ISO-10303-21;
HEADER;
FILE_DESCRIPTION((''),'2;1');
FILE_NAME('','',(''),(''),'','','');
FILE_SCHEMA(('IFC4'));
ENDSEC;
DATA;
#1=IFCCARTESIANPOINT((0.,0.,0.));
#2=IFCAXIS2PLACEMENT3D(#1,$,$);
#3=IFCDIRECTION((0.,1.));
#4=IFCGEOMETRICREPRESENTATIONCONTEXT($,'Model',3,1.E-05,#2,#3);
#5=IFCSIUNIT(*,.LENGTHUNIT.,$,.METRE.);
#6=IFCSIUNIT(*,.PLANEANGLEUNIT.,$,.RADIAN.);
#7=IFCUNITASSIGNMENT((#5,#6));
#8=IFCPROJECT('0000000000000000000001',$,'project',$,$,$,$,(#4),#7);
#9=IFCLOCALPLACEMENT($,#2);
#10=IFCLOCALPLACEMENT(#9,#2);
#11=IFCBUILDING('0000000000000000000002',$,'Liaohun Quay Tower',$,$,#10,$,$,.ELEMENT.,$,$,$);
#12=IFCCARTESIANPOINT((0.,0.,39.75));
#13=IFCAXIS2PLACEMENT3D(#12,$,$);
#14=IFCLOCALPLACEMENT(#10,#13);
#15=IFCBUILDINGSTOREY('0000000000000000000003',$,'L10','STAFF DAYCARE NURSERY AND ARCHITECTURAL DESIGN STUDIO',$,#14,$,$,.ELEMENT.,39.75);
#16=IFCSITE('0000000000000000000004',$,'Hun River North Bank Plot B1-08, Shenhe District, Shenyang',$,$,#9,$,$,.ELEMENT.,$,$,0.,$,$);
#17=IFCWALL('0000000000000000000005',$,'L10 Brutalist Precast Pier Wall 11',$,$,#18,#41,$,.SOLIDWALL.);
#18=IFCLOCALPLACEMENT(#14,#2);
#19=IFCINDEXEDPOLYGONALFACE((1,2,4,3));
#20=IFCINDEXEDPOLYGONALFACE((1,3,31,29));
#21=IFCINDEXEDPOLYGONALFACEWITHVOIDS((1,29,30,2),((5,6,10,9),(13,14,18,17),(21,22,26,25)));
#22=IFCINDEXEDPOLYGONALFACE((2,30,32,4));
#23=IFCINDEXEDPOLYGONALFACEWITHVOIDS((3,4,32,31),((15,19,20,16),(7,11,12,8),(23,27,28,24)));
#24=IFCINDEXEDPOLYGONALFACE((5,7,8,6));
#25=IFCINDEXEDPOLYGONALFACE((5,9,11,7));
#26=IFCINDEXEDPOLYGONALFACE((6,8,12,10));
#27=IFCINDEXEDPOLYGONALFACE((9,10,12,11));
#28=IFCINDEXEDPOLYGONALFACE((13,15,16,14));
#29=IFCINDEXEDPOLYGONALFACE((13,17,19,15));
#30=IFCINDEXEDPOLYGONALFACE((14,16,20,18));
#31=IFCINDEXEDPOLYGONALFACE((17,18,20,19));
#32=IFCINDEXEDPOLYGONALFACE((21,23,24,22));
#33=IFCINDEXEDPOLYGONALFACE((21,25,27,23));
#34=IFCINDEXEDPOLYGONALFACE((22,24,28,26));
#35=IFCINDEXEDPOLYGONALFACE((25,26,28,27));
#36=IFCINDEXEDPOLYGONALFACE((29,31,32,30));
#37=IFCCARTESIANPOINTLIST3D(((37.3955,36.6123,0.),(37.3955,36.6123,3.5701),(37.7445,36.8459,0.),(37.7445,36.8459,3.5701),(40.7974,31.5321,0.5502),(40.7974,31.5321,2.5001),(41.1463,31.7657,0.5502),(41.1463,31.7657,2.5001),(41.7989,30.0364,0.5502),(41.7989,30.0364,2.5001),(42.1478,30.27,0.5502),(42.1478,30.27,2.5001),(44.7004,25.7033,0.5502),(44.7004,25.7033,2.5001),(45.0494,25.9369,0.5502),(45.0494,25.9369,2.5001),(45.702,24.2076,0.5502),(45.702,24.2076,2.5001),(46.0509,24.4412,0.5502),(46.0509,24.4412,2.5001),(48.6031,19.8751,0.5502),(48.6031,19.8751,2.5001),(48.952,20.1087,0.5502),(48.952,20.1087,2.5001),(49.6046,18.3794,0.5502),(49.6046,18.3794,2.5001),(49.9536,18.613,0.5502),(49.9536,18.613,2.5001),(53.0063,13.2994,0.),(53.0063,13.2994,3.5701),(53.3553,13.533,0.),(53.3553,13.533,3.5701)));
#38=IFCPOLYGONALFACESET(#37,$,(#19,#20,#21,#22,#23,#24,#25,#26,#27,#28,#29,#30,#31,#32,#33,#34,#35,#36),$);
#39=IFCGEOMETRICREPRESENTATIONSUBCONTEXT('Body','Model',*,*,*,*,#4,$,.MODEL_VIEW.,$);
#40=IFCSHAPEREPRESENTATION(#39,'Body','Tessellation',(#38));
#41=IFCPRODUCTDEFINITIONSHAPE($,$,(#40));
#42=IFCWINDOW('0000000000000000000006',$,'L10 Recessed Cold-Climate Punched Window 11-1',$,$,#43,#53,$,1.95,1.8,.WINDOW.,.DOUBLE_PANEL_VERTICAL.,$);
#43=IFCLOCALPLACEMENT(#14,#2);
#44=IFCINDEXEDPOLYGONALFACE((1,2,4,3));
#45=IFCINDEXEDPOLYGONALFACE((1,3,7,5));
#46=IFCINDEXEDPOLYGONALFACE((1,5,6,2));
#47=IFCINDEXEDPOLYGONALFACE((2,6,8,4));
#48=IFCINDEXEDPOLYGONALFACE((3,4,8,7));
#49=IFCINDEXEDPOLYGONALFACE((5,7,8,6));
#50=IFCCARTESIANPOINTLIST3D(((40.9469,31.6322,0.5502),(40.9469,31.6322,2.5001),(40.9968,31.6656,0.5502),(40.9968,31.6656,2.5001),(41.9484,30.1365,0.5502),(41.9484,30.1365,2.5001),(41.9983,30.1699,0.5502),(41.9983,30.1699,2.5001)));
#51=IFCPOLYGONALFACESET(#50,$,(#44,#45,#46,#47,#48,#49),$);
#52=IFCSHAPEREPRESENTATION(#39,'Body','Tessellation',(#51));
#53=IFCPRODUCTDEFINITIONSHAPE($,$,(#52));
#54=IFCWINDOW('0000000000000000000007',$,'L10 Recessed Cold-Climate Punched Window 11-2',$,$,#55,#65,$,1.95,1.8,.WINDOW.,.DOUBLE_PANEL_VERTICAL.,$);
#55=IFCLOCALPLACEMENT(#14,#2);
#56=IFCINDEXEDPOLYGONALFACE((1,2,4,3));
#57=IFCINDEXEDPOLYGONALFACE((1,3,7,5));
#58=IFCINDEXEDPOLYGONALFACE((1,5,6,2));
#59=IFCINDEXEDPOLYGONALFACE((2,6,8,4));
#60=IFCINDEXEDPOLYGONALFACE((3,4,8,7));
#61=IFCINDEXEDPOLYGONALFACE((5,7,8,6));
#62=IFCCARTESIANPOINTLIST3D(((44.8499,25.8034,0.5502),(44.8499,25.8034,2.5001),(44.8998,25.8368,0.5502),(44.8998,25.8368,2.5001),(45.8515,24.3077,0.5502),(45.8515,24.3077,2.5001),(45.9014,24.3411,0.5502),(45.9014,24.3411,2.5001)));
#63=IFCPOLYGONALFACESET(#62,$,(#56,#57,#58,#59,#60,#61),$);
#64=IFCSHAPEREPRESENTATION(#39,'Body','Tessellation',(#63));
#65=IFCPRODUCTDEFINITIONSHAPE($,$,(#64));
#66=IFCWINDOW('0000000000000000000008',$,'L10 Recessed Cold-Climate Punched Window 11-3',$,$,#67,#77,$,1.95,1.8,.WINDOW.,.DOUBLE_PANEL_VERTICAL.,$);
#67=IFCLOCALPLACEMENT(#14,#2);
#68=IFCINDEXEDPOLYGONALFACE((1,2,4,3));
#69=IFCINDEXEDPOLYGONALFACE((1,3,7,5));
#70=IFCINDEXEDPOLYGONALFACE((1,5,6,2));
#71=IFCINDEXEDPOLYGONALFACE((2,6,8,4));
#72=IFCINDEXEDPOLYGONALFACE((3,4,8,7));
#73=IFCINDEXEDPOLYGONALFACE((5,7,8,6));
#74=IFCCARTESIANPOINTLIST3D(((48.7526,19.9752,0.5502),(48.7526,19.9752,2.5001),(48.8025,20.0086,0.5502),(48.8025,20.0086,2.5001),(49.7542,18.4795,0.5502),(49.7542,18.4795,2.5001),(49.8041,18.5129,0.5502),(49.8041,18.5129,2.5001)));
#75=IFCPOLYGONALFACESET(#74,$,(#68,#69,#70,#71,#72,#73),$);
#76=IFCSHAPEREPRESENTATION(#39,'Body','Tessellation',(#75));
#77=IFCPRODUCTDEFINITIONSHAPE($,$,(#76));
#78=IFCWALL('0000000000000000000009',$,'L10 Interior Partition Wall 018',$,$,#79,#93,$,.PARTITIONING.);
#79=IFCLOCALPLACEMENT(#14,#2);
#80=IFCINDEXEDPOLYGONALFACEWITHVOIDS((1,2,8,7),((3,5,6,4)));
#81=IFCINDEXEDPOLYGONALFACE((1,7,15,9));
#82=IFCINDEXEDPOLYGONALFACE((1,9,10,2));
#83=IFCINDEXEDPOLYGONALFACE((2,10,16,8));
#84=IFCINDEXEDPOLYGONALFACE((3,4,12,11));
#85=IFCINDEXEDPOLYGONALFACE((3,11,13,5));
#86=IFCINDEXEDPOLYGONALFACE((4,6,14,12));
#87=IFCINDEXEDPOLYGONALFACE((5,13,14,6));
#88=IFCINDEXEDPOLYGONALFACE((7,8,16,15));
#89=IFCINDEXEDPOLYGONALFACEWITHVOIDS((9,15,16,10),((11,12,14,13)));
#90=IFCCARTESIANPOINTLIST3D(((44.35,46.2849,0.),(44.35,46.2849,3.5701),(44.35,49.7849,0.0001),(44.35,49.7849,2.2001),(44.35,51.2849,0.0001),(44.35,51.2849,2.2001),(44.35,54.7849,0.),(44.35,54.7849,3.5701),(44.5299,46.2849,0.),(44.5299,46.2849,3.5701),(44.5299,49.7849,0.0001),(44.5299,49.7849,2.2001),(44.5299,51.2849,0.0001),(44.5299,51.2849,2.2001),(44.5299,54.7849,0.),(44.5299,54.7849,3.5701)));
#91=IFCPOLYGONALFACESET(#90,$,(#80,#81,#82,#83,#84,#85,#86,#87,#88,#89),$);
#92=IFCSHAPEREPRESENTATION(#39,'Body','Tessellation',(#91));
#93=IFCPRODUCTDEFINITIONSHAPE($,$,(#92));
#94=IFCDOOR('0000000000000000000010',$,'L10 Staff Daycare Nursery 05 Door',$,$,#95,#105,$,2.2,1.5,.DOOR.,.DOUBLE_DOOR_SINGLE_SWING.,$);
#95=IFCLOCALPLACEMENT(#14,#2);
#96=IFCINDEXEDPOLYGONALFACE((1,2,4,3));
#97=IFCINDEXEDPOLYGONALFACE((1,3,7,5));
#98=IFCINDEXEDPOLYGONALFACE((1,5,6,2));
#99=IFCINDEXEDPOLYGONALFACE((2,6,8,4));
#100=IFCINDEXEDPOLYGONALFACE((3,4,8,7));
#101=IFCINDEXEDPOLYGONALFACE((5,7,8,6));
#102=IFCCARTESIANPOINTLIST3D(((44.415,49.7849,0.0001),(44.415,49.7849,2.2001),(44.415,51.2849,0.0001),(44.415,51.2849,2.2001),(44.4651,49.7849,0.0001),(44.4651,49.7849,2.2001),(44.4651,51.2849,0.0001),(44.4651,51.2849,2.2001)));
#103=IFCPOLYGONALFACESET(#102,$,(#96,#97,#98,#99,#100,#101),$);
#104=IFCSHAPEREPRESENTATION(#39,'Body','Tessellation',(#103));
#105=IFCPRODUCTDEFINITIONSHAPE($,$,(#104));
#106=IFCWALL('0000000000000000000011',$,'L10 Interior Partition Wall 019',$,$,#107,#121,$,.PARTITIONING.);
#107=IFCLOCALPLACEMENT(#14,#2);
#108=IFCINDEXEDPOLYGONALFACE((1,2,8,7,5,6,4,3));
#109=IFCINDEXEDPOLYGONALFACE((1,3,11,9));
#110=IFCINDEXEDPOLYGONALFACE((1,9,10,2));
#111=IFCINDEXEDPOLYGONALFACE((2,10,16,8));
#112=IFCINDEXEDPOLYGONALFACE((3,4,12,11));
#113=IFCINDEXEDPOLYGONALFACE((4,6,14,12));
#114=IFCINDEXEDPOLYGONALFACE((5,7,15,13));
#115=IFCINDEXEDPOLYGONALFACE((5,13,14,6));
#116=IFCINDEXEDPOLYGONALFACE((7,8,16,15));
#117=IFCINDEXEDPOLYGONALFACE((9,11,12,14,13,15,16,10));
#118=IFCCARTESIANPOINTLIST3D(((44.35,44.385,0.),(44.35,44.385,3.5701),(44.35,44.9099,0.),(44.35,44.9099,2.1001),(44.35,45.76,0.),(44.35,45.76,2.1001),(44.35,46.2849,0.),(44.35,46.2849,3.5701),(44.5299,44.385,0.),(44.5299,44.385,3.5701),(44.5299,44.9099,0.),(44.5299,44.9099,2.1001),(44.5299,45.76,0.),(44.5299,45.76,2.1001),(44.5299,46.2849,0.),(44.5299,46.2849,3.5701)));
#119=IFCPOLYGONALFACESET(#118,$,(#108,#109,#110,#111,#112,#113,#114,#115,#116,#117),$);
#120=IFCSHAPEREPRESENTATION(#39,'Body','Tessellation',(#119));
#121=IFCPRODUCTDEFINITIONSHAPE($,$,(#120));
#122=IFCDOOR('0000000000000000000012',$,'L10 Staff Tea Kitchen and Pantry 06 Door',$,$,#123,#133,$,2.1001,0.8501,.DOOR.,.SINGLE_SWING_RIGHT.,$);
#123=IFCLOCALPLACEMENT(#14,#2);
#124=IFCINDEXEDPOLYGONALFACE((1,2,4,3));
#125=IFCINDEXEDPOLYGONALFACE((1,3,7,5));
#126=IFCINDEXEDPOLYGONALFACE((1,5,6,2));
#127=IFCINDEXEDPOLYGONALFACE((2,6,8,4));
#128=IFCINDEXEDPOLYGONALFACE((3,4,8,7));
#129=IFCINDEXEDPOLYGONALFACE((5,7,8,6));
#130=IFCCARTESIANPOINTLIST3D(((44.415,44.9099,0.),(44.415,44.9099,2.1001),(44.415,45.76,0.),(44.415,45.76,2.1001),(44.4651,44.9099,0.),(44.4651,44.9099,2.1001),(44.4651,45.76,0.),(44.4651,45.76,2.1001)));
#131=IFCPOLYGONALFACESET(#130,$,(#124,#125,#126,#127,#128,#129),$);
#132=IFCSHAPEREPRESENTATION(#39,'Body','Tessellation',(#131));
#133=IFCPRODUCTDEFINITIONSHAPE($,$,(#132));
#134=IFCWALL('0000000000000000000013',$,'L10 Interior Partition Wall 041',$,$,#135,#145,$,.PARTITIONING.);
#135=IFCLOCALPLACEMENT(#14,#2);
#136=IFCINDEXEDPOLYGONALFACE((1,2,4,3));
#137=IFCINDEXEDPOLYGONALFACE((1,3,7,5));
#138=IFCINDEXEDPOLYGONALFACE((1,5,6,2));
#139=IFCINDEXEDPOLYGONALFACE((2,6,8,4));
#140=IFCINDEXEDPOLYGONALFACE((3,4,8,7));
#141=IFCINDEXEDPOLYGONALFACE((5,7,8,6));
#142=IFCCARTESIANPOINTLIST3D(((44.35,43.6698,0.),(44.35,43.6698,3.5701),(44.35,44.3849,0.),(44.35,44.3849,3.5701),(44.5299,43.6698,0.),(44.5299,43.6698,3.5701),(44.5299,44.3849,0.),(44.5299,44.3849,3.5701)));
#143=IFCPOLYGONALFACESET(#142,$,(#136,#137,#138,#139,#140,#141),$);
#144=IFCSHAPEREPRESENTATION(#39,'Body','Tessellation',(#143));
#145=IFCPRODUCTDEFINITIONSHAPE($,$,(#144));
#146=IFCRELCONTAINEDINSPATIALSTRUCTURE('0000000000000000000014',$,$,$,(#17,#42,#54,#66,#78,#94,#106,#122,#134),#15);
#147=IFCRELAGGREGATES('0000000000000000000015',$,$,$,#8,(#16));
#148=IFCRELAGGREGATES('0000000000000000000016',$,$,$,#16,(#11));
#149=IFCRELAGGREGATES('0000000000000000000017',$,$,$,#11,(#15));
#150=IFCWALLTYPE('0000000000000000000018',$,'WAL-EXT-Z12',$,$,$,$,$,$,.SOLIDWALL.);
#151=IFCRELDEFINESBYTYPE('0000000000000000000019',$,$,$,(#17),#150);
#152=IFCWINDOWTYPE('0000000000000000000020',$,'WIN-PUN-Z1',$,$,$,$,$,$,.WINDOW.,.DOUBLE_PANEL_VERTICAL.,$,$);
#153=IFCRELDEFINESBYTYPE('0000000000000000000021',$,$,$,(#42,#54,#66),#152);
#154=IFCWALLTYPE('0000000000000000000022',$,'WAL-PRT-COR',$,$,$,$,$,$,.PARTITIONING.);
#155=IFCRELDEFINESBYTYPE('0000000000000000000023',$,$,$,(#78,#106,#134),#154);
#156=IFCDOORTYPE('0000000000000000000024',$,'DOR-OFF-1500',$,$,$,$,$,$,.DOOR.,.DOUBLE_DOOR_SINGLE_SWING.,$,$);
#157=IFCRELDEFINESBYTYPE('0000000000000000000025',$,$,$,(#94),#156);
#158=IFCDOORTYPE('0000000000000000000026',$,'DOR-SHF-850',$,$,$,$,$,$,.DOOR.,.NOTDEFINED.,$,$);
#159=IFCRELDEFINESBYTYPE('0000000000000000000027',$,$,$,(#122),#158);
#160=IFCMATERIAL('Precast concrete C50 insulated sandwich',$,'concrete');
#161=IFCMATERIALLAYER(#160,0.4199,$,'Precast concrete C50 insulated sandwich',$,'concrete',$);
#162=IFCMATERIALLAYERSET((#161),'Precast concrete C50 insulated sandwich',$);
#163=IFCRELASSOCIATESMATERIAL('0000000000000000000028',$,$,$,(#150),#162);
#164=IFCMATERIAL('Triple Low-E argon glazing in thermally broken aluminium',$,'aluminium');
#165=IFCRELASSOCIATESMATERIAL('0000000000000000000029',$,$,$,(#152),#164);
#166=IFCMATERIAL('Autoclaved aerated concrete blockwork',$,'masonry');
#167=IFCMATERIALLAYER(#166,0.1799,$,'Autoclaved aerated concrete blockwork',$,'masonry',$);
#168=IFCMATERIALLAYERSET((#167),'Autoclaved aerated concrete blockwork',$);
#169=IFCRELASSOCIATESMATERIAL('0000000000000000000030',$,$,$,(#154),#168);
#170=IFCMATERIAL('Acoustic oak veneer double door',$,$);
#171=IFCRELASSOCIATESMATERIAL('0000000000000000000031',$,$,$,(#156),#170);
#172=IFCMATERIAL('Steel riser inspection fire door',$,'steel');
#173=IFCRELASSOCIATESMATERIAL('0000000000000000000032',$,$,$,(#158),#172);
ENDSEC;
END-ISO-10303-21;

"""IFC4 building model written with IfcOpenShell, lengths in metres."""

from ifc_helpers import new_model, si_unit, direction, frame, frame_2d, origin, place, context, subcontext, project, spatial, rectangle, extrude, source, transform, mapped, material, layer, layer_set, type_object, element, fill, save


model = new_model("IFC4")

# Units and contexts
model_context = context("Model", 3, precision=1e-05, world=origin(), true_north=direction((0.0, 1.0)))
body_context = subcontext(model_context, "Body", "Model", "MODEL_VIEW")
ifc_project = project(units=[si_unit("LENGTHUNIT", "METRE"), si_unit("PLANEANGLEUNIT", "RADIAN")], contexts=[model_context])

# Site, building, storey
site_placement = place(None, origin())
site = spatial("IfcSite", under=ifc_project, at=site_placement, Name="Hun River North Bank Plot B1-08, Shenhe District, Shenyang", CompositionType="ELEMENT", RefElevation=0.0)
building_placement = place(site_placement, origin())
building = spatial("IfcBuilding", under=site, at=building_placement, Name="Liaohun Quay Tower", CompositionType="ELEMENT")
storey_placement = place(building_placement, frame((0.0, 0.0, 39.75)))
storey = spatial("IfcBuildingStorey", under=building, at=storey_placement, Name="L10", Description="STAFF DAYCARE NURSERY AND ARCHITECTURAL DESIGN STUDIO", CompositionType="ELEMENT", Elevation=39.75)

# Wall, openings, windows
ifc_material_1 = material(Name="Precast concrete C50 insulated sandwich", Category="concrete")
ifc_layer_1 = layer(ifc_material_1, 0.4199, Name="Precast concrete C50 insulated sandwich", Category="concrete")
ifc_layer_set_1 = layer_set([ifc_layer_1], Name="Precast concrete C50 insulated sandwich")
wall_type_1 = type_object("IfcWallType", Name="WAL-EXT-Z12", PredefinedType="SOLIDWALL", material=ifc_layer_set_1)
wall_1_placement = place(storey_placement, frame((37.5701, 36.729, 0.0), z_axis=(0.0, 0.0, 1.0), x_axis=(0.556398, -0.830916, 0.0)))
wall_1 = element("IfcWall", 1, at=wall_1_placement, inside=storey, type_object=wall_type_1, Name="L10 Brutalist Precast Pier Wall 11", PredefinedType="SOLIDWALL", context=body_context, shape_type="SweptSolid", body=[
    extrude(rectangle(XDim=28.0569, YDim=0.4199, at=frame_2d((14.0283, 0.0))), origin(), (0.0, 0.0, 1.0), 3.5701),
])
shared_shape_1 = source(origin(), body_context, "Body", "SweptSolid", [
    extrude(rectangle(XDim=1.8, YDim=1.95, at=frame_2d((0.8999, 0.9751))), frame((0.0, 0.22, 0.0), z_axis=(0.0, -1.0, 0.0), x_axis=(1.0, 0.0, 0.0)), (0.0, 0.0, 1.0), 0.4399),
])
opening_1_placement = place(wall_1_placement, frame((6.114, 0.0, 0.55)))
opening_1 = element("IfcOpeningElement", 2, at=opening_1_placement, cuts=wall_1, PredefinedType="OPENING", context=body_context, shape_type="MappedRepresentation", body=[
    mapped(shared_shape_1, transform((0.0, 0.0, 0.0), x_axis=(1.0, 0.0, 0.0), y_axis=(0.0, 1.0, 0.0), z_axis=(0.0, 0.0, 1.0), scale=1.0)),
])
opening_2_placement = place(wall_1_placement, frame((13.1289, 0.0, 0.55)))
opening_2 = element("IfcOpeningElement", 3, at=opening_2_placement, cuts=wall_1, PredefinedType="OPENING", context=body_context, shape_type="MappedRepresentation", body=[
    mapped(shared_shape_1, transform((0.0, 0.0, 0.0), x_axis=(1.0, 0.0, 0.0), y_axis=(0.0, 1.0, 0.0), z_axis=(0.0, 0.0, 1.0), scale=1.0)),
])
opening_3_placement = place(wall_1_placement, frame((20.1431, 0.0, 0.55)))
opening_3 = element("IfcOpeningElement", 4, at=opening_3_placement, cuts=wall_1, PredefinedType="OPENING", context=body_context, shape_type="MappedRepresentation", body=[
    mapped(shared_shape_1, transform((0.0, 0.0, 0.0), x_axis=(1.0, 0.0, 0.0), y_axis=(0.0, 1.0, 0.0), z_axis=(0.0, 0.0, 1.0), scale=1.0)),
])
ifc_material_2 = material(Name="Triple Low-E argon glazing in thermally broken aluminium", Category="aluminium")
window_type = type_object("IfcWindowType", Name="WIN-PUN-Z1", PartitioningType="DOUBLE_PANEL_VERTICAL", PredefinedType="WINDOW", material=ifc_material_2)
shared_shape_2 = source(origin(), body_context, "Body", "SweptSolid", [
    extrude(rectangle(XDim=1.8, YDim=1.95, at=frame_2d((0.8999, 0.9751))), frame((0.0, 0.03, 0.0), z_axis=(0.0, -1.0, 0.0), x_axis=(1.0, 0.0, 0.0)), (0.0, 0.0, 1.0), 0.0601),
])
window_1_placement = place(opening_1_placement, origin())
window_1 = element("IfcWindow", 5, at=window_1_placement, inside=storey, type_object=window_type, Name="L10 Recessed Cold-Climate Punched Window 11-1", OverallHeight=1.95, OverallWidth=1.8, PartitioningType="DOUBLE_PANEL_VERTICAL", PredefinedType="WINDOW", context=body_context, shape_type="MappedRepresentation", body=[
    mapped(shared_shape_2, transform((0.0, 0.0, 0.0), x_axis=(1.0, 0.0, 0.0), y_axis=(0.0, 1.0, 0.0), z_axis=(0.0, 0.0, 1.0), scale=1.0)),
])
fill(opening_1, window_1)
window_2_placement = place(opening_2_placement, origin())
window_2 = element("IfcWindow", 6, at=window_2_placement, inside=storey, type_object=window_type, Name="L10 Recessed Cold-Climate Punched Window 11-2", OverallHeight=1.95, OverallWidth=1.8, PartitioningType="DOUBLE_PANEL_VERTICAL", PredefinedType="WINDOW", context=body_context, shape_type="MappedRepresentation", body=[
    mapped(shared_shape_2, transform((0.0, 0.0, 0.0), x_axis=(1.0, 0.0, 0.0), y_axis=(0.0, 1.0, 0.0), z_axis=(0.0, 0.0, 1.0), scale=1.0)),
])
fill(opening_2, window_2)
window_3_placement = place(opening_3_placement, origin())
window_3 = element("IfcWindow", 7, at=window_3_placement, inside=storey, type_object=window_type, Name="L10 Recessed Cold-Climate Punched Window 11-3", OverallHeight=1.95, OverallWidth=1.8, PartitioningType="DOUBLE_PANEL_VERTICAL", PredefinedType="WINDOW", context=body_context, shape_type="MappedRepresentation", body=[
    mapped(shared_shape_2, transform((0.0, 0.0, 0.0), x_axis=(1.0, 0.0, 0.0), y_axis=(0.0, 1.0, 0.0), z_axis=(0.0, 0.0, 1.0), scale=1.0)),
])
fill(opening_3, window_3)

# Walls, openings, doors
ifc_material_3 = material(Name="Autoclaved aerated concrete blockwork", Category="masonry")
ifc_layer_2 = layer(ifc_material_3, 0.1799, Name="Autoclaved aerated concrete blockwork", Category="masonry")
ifc_layer_set_2 = layer_set([ifc_layer_2], Name="Autoclaved aerated concrete blockwork")
wall_type_2 = type_object("IfcWallType", Name="WAL-PRT-COR", PredefinedType="PARTITIONING", material=ifc_layer_set_2)
wall_2_placement = place(storey_placement, frame((44.4399, 46.2849, 0.0), z_axis=(0.0, 0.0, 1.0), x_axis=(0.0, 1.0, 0.0)))
wall_2 = element("IfcWall", 8, at=wall_2_placement, inside=storey, type_object=wall_type_2, Name="L10 Interior Partition Wall 018", PredefinedType="PARTITIONING", context=body_context, shape_type="SweptSolid", body=[
    extrude(rectangle(XDim=8.5, YDim=0.1799, at=frame_2d((4.25, 0.0))), origin(), (0.0, 0.0, 1.0), 3.5701),
])
shared_shape_3 = source(origin(), body_context, "Body", "SweptSolid", [
    extrude(rectangle(XDim=1.5, YDim=2.2, at=frame_2d((0.75, 1.1001))), frame((0.0, 0.0999, 0.0), z_axis=(0.0, -1.0, 0.0), x_axis=(1.0, 0.0, 0.0)), (0.0, 0.0, 1.0), 0.2),
])
opening_4_placement = place(wall_2_placement, frame((3.5, 0.0, 0.0)))
opening_4 = element("IfcOpeningElement", 9, at=opening_4_placement, cuts=wall_2, PredefinedType="OPENING", context=body_context, shape_type="MappedRepresentation", body=[
    mapped(shared_shape_3, transform((0.0, 0.0, 0.0), x_axis=(1.0, 0.0, 0.0), y_axis=(0.0, 1.0, 0.0), z_axis=(0.0, 0.0, 1.0), scale=1.0)),
])
ifc_material_4 = material(Name="Acoustic oak veneer double door")
door_type_1 = type_object("IfcDoorType", Name="DOR-OFF-1500", OperationType="DOUBLE_DOOR_SINGLE_SWING", PredefinedType="DOOR", material=ifc_material_4)
shared_shape_4 = source(origin(), body_context, "Body", "SweptSolid", [
    extrude(rectangle(XDim=1.5, YDim=2.2, at=frame_2d((0.75, 1.1001))), frame((0.0, 0.0249, 0.0), z_axis=(0.0, -1.0, 0.0), x_axis=(1.0, 0.0, 0.0)), (0.0, 0.0, 1.0), 0.05),
])
door_1_placement = place(opening_4_placement, origin())
door_1 = element("IfcDoor", 10, at=door_1_placement, inside=storey, type_object=door_type_1, Name="L10 Staff Daycare Nursery 05 Door", OperationType="DOUBLE_DOOR_SINGLE_SWING", OverallHeight=2.2, OverallWidth=1.5, PredefinedType="DOOR", context=body_context, shape_type="MappedRepresentation", body=[
    mapped(shared_shape_4, transform((0.0, 0.0, 0.0), x_axis=(1.0, 0.0, 0.0), y_axis=(0.0, 1.0, 0.0), z_axis=(0.0, 0.0, 1.0), scale=1.0)),
])
fill(opening_4, door_1)
wall_3_placement = place(storey_placement, frame((44.4399, 44.385, 0.0), z_axis=(0.0, 0.0, 1.0), x_axis=(0.0, 1.0, 0.0)))
wall_3 = element("IfcWall", 11, at=wall_3_placement, inside=storey, type_object=wall_type_2, Name="L10 Interior Partition Wall 019", PredefinedType="PARTITIONING", context=body_context, shape_type="SweptSolid", body=[
    extrude(rectangle(XDim=1.8999, YDim=0.1799, at=frame_2d((0.95, 0.0))), origin(), (0.0, 0.0, 1.0), 3.5701),
])
shared_shape_5 = source(origin(), body_context, "Body", "SweptSolid", [
    extrude(rectangle(XDim=0.8501, YDim=2.1001, at=frame_2d((0.425, 1.05))), frame((0.0, 0.0999, 0.0), z_axis=(0.0, -1.0, 0.0), x_axis=(1.0, 0.0, 0.0)), (0.0, 0.0, 1.0), 0.2),
])
opening_5_placement = place(wall_3_placement, frame((0.5249, 0.0, 0.0)))
opening_5 = element("IfcOpeningElement", 12, at=opening_5_placement, cuts=wall_3, PredefinedType="OPENING", context=body_context, shape_type="MappedRepresentation", body=[
    mapped(shared_shape_5, transform((0.0, 0.0, 0.0), x_axis=(1.0, 0.0, 0.0), y_axis=(0.0, 1.0, 0.0), z_axis=(0.0, 0.0, 1.0), scale=1.0)),
])
ifc_material_5 = material(Name="Steel riser inspection fire door", Category="steel")
door_type_2 = type_object("IfcDoorType", Name="DOR-SHF-850", OperationType="NOTDEFINED", PredefinedType="DOOR", material=ifc_material_5)
shared_shape_6 = source(origin(), body_context, "Body", "SweptSolid", [
    extrude(rectangle(XDim=0.8501, YDim=2.1001, at=frame_2d((0.425, 1.05))), frame((0.0, 0.0249, 0.0), z_axis=(0.0, -1.0, 0.0), x_axis=(1.0, 0.0, 0.0)), (0.0, 0.0, 1.0), 0.05),
])
door_2_placement = place(opening_5_placement, origin())
door_2 = element("IfcDoor", 13, at=door_2_placement, inside=storey, type_object=door_type_2, Name="L10 Staff Tea Kitchen and Pantry 06 Door", OperationType="SINGLE_SWING_RIGHT", OverallHeight=2.1001, OverallWidth=0.8501, PredefinedType="DOOR", context=body_context, shape_type="MappedRepresentation", body=[
    mapped(shared_shape_6, transform((0.0, 0.0, 0.0), x_axis=(1.0, 0.0, 0.0), y_axis=(0.0, 1.0, 0.0), z_axis=(0.0, 0.0, 1.0), scale=1.0)),
])
fill(opening_5, door_2)

# Wall
wall_4_placement = place(storey_placement, frame((44.4399, 43.6699, 0.0), z_axis=(0.0, 0.0, 1.0), x_axis=(0.0, 1.0, 0.0)))
element("IfcWall", 14, at=wall_4_placement, inside=storey, type_object=wall_type_2, Name="L10 Interior Partition Wall 041", PredefinedType="PARTITIONING", context=body_context, shape_type="SweptSolid", body=[
    extrude(rectangle(XDim=0.7151, YDim=0.1799, at=frame_2d((0.3574, 0.0))), origin(), (0.0, 0.0, 1.0), 3.5701),
])

save(model, "model.ifc")
